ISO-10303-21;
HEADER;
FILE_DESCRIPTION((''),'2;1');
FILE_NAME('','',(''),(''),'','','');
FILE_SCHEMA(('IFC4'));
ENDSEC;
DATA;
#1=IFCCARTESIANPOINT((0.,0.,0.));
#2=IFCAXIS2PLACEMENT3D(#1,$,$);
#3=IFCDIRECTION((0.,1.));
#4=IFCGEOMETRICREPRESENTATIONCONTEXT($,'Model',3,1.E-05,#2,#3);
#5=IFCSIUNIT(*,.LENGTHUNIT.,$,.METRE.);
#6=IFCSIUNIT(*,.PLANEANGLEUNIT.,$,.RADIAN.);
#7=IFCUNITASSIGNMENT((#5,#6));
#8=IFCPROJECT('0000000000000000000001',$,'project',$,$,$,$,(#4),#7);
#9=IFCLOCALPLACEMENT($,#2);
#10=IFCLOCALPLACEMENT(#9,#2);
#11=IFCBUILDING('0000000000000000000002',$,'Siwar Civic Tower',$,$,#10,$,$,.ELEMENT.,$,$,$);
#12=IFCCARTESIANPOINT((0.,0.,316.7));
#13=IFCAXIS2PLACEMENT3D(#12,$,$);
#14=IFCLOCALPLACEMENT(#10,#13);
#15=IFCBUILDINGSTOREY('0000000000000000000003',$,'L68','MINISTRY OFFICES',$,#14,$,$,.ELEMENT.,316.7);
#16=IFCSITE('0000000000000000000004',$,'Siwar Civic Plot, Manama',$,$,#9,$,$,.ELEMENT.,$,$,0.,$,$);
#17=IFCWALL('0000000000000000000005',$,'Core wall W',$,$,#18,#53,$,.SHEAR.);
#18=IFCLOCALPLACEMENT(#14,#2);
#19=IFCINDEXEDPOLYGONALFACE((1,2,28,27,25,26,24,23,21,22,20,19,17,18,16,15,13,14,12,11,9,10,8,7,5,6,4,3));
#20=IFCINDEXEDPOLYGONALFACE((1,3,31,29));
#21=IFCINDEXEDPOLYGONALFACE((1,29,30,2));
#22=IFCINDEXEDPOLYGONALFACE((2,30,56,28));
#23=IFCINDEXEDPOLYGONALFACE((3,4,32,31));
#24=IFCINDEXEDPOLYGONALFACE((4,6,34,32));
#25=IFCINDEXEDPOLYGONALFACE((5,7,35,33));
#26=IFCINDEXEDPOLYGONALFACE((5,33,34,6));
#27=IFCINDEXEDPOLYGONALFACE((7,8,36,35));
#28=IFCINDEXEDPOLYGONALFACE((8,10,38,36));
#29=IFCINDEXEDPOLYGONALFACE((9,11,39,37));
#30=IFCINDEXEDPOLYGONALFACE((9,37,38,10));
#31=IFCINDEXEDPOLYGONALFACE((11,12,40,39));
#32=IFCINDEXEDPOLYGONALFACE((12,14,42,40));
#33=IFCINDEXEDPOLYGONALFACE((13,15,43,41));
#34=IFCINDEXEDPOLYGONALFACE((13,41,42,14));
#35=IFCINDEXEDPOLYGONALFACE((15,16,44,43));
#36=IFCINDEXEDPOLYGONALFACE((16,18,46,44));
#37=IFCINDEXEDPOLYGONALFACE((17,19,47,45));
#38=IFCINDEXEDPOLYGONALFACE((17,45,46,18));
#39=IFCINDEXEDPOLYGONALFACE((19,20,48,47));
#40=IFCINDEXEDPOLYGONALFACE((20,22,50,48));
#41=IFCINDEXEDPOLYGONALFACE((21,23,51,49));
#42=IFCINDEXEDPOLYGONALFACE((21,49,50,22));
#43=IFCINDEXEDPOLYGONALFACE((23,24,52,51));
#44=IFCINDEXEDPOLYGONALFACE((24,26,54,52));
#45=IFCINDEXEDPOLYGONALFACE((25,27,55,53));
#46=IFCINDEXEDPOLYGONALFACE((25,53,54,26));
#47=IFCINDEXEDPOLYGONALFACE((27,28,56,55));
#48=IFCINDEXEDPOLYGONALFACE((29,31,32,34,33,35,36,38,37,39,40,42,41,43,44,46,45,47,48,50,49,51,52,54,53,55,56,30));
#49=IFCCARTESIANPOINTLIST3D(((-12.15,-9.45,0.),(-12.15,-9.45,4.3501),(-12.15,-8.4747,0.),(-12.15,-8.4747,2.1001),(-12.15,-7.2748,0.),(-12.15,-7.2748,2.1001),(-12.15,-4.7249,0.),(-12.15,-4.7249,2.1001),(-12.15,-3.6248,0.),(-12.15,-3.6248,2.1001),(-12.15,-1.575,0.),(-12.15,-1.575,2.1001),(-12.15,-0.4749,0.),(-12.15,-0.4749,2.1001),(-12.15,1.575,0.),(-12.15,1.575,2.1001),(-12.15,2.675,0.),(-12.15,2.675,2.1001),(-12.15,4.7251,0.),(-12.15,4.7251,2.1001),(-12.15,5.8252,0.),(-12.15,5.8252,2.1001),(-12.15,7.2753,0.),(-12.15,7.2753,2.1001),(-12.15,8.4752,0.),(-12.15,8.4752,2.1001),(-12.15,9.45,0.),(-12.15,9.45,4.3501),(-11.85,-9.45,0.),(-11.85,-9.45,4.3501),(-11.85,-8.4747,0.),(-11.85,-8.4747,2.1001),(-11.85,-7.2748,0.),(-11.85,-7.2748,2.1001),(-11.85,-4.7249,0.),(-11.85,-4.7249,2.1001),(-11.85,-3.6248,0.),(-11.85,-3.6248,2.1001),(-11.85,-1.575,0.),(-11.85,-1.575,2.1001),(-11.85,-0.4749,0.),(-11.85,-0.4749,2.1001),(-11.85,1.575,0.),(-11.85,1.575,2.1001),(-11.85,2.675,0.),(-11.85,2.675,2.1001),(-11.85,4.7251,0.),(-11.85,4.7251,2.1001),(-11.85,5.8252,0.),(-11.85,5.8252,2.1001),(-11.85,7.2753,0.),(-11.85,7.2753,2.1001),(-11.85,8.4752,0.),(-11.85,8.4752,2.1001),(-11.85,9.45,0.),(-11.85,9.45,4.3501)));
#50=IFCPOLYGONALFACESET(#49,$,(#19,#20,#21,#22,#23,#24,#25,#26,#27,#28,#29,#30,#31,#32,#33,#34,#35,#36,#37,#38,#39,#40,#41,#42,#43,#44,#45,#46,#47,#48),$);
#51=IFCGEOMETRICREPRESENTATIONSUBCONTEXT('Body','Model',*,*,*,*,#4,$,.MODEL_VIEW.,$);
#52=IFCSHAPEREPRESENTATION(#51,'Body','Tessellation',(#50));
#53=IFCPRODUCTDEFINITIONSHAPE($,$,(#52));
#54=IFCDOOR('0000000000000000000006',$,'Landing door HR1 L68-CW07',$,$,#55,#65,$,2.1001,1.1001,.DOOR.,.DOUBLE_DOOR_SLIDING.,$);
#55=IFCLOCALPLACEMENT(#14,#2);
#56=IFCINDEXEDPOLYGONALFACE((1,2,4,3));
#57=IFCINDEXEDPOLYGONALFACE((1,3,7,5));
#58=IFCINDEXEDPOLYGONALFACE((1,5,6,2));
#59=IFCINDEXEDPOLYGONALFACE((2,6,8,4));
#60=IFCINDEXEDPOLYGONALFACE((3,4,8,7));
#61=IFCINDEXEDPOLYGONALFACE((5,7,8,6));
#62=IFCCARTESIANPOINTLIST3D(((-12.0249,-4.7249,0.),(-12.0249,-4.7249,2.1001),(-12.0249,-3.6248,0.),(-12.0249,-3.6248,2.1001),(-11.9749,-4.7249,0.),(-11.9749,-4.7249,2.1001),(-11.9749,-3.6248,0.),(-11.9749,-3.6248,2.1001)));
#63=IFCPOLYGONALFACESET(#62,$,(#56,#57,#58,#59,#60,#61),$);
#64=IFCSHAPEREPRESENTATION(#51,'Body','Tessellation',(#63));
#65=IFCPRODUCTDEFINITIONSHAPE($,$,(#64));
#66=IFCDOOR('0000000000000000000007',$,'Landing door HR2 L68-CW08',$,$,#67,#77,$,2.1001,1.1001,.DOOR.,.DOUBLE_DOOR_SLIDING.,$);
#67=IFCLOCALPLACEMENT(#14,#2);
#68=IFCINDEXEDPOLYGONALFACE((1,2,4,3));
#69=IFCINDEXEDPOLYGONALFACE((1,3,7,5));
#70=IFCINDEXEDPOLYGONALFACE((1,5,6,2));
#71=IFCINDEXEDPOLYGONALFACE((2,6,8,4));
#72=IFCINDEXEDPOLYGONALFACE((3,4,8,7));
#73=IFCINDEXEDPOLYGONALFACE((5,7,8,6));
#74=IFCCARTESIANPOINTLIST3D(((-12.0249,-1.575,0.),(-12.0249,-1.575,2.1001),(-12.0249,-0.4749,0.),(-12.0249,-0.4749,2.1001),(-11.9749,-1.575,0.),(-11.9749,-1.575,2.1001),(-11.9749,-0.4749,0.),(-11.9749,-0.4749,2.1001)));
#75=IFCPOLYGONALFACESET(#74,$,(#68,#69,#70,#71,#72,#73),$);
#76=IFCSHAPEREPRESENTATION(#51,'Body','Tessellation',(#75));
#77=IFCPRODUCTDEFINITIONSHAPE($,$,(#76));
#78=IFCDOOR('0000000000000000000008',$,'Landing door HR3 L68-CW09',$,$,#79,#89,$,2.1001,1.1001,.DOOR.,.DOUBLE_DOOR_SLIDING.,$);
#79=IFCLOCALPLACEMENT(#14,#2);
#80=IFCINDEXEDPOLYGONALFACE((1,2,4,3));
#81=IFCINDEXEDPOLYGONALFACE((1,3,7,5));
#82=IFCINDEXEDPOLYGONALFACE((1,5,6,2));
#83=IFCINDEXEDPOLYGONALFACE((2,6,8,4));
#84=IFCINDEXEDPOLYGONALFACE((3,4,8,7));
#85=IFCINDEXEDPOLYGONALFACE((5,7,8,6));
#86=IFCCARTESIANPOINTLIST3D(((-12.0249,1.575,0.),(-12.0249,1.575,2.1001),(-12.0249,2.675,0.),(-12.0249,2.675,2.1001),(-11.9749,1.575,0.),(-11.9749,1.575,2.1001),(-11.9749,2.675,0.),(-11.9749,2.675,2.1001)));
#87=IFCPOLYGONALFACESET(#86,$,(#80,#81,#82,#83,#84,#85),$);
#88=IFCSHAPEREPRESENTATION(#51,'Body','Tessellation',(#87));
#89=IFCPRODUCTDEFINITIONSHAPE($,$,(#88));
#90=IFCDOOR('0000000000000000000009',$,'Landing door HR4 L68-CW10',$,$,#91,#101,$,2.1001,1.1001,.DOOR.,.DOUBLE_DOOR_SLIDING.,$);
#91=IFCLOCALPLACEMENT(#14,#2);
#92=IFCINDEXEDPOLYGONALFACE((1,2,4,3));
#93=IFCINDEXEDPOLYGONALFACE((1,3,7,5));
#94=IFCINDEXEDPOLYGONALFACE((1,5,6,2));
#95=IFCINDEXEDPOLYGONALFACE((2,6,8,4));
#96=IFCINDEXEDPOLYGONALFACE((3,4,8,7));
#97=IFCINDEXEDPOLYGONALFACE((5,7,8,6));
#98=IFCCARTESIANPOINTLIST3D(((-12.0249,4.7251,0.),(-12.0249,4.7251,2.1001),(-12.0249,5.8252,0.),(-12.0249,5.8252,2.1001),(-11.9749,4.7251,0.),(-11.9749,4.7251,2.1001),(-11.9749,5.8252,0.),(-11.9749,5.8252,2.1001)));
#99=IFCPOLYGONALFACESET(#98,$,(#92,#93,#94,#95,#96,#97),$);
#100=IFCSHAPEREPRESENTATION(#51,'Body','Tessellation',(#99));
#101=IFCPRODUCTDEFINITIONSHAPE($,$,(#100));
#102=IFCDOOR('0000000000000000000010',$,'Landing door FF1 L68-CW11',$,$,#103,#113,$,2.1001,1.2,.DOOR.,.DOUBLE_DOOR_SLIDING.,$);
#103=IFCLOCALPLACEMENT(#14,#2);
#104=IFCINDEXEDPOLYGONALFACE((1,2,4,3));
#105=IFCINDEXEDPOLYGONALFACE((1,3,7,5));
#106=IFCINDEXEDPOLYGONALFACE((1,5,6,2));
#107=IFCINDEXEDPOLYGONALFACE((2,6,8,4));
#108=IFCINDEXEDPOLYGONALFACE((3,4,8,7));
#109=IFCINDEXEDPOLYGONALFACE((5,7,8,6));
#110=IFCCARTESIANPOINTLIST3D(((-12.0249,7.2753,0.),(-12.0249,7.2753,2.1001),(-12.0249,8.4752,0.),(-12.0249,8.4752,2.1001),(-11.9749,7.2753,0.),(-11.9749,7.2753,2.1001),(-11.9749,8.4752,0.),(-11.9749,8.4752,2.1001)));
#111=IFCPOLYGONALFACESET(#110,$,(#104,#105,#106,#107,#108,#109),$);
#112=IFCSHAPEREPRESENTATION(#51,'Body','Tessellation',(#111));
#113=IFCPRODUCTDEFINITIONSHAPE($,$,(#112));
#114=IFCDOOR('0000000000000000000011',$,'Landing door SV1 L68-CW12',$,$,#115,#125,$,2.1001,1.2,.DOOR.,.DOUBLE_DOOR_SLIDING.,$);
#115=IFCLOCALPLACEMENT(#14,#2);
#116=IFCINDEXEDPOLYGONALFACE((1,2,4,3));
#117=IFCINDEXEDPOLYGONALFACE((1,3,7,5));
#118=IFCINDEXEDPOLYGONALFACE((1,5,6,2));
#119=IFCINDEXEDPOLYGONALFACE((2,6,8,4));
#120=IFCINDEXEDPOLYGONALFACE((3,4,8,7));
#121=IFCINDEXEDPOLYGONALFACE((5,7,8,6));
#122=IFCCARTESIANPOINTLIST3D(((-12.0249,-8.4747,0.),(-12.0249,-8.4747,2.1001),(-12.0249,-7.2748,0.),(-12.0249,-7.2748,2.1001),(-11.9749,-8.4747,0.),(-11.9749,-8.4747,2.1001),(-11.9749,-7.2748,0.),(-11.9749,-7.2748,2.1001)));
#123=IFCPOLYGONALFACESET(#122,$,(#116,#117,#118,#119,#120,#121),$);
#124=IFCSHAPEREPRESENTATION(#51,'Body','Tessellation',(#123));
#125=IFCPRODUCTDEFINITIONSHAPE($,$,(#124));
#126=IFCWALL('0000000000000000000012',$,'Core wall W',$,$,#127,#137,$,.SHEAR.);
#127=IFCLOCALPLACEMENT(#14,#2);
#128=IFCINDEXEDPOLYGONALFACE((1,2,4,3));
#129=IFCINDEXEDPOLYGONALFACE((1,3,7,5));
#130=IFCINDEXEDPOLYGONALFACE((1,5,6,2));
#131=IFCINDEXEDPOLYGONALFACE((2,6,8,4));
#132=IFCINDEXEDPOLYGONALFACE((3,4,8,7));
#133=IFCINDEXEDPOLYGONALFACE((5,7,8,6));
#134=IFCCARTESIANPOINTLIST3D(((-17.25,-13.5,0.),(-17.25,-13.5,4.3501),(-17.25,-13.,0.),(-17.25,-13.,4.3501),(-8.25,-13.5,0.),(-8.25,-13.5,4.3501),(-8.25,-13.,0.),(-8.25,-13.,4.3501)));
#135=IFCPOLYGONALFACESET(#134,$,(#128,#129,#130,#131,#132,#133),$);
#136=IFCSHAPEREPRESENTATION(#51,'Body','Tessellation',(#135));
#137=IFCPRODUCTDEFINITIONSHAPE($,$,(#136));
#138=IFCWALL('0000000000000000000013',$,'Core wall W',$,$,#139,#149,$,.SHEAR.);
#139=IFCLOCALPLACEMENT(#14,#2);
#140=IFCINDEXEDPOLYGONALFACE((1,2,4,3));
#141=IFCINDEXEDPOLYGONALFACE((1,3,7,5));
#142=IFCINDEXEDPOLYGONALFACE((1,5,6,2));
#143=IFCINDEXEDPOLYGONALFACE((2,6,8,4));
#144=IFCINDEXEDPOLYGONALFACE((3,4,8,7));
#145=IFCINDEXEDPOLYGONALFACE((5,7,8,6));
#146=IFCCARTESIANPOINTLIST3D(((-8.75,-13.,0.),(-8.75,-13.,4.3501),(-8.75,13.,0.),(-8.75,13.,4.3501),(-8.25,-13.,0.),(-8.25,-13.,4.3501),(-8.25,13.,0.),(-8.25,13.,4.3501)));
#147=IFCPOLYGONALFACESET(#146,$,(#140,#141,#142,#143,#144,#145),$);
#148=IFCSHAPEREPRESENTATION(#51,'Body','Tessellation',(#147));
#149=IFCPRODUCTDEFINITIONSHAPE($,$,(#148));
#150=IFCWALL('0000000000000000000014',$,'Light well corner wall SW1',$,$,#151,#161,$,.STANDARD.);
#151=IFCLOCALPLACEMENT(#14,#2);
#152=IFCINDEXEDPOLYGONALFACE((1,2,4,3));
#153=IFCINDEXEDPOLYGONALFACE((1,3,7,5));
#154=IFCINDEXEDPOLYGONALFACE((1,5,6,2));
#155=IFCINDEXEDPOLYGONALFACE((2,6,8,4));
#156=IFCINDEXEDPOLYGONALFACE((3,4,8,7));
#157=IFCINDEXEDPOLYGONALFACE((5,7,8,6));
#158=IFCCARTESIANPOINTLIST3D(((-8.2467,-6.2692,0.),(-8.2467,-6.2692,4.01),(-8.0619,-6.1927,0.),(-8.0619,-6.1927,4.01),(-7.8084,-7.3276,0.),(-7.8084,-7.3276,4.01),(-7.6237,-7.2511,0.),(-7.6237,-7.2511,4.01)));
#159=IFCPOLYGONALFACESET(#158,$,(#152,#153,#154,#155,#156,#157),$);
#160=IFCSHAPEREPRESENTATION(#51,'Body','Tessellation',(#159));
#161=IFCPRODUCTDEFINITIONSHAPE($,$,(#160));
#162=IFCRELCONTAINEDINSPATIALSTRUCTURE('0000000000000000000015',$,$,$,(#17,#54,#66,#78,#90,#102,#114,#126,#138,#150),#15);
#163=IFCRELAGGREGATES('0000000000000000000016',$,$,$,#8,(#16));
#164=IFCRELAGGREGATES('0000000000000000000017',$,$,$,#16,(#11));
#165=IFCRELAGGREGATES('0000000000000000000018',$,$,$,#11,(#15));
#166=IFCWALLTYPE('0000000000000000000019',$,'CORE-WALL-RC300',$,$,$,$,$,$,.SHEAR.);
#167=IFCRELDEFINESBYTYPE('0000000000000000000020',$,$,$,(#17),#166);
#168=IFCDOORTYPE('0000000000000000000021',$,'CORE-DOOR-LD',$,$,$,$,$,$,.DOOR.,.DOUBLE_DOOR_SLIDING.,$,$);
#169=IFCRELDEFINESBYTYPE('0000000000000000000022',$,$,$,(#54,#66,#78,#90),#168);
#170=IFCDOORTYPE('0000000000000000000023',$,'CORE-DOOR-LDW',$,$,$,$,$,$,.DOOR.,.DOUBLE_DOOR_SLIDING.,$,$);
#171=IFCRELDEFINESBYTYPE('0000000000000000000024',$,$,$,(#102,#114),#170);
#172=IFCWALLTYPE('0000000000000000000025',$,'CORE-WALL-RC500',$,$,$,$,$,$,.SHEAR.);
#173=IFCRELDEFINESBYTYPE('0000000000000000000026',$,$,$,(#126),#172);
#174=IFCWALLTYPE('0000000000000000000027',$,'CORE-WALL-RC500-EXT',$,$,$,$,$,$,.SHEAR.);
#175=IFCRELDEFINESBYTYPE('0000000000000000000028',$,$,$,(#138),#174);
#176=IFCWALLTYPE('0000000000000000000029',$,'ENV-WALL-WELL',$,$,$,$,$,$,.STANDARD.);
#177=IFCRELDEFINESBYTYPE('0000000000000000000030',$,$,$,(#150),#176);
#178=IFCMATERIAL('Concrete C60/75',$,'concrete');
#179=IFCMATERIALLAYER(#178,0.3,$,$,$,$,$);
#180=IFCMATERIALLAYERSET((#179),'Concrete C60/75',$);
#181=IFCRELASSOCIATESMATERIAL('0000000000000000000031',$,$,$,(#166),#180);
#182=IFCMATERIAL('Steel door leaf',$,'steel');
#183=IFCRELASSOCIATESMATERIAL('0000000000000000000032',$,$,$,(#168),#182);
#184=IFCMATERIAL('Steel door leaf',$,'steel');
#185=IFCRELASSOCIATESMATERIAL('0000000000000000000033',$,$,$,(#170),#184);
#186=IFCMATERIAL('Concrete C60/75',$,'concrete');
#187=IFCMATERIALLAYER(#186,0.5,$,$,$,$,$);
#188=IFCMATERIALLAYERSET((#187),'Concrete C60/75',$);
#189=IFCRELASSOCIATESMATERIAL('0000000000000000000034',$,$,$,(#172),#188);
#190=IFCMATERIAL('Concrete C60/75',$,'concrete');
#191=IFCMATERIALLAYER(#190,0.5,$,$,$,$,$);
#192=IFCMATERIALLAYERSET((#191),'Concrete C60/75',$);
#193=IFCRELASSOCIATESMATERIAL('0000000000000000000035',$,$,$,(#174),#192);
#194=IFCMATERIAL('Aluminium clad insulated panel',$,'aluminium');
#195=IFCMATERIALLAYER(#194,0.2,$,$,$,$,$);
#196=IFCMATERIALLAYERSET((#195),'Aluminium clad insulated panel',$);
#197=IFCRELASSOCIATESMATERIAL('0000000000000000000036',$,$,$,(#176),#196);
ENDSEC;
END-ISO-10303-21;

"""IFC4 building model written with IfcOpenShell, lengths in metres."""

from ifc_helpers import new_model, si_unit, direction, frame, frame_2d, origin, place, context, subcontext, project, spatial, rectangle, extrude, material, layer, layer_set, type_object, element, fill, save


model = new_model("IFC4")

# Units and contexts
model_context = context("Model", 3, precision=1e-05, world=origin(), true_north=direction((0.0, 1.0)))
body_context = subcontext(model_context, "Body", "Model", "MODEL_VIEW")
ifc_project = project(units=[si_unit("LENGTHUNIT", "METRE"), si_unit("PLANEANGLEUNIT", "RADIAN")], contexts=[model_context])

# Site, building, storey
site_placement = place(None, origin())
site = spatial("IfcSite", under=ifc_project, at=site_placement, Name="Siwar Civic Plot, Manama", CompositionType="ELEMENT", RefElevation=0.0)
building_placement = place(site_placement, origin())
building = spatial("IfcBuilding", under=site, at=building_placement, Name="Siwar Civic Tower", CompositionType="ELEMENT")
storey_placement = place(building_placement, frame((0.0, 0.0, 316.7)))
storey = spatial("IfcBuildingStorey", under=building, at=storey_placement, Name="L68", Description="MINISTRY OFFICES", CompositionType="ELEMENT", Elevation=316.7)

# Wall, openings, doors
ifc_material_1 = material(Name="Concrete C60/75", Category="concrete")
ifc_layer_1 = layer(ifc_material_1, 0.3)
ifc_layer_set_1 = layer_set([ifc_layer_1], Name="Concrete C60/75")
wall_type_1 = type_object("IfcWallType", Name="CORE-WALL-RC300", PredefinedType="SHEAR", material=ifc_layer_set_1)
wall_1_placement = place(storey_placement, frame((-12.0, -9.45, 0.0), z_axis=(0.0, 0.0, 1.0), x_axis=(0.0, 1.0, 0.0)))
wall_1 = element("IfcWall", 1, at=wall_1_placement, inside=storey, type_object=wall_type_1, Name="Core wall W", PredefinedType="SHEAR", context=body_context, shape_type="SweptSolid", body=[
    extrude(rectangle(XDim=18.8999, YDim=0.3, at=frame_2d((9.45, 0.0))), origin(), (0.0, 0.0, 1.0), 4.3501),
])
opening_1_placement = place(wall_1_placement, frame((4.7251, 0.0, 0.0)))
opening_1 = element("IfcOpeningElement", 2, at=opening_1_placement, cuts=wall_1, PredefinedType="OPENING", context=body_context, shape_type="SweptSolid", body=[
    extrude(rectangle(XDim=1.1001, YDim=2.1001, at=frame_2d((0.55, 1.05))), frame((0.0, 0.1602, 0.0), z_axis=(0.0, -1.0, 0.0), x_axis=(1.0, 0.0, 0.0)), (0.0, 0.0, 1.0), 0.3201),
])
opening_2_placement = place(wall_1_placement, frame((7.875, 0.0, 0.0)))
opening_2 = element("IfcOpeningElement", 3, at=opening_2_placement, cuts=wall_1, PredefinedType="OPENING", context=body_context, shape_type="SweptSolid", body=[
    extrude(rectangle(XDim=1.1001, YDim=2.1001, at=frame_2d((0.55, 1.05))), frame((0.0, 0.1602, 0.0), z_axis=(0.0, -1.0, 0.0), x_axis=(1.0, 0.0, 0.0)), (0.0, 0.0, 1.0), 0.3201),
])
opening_3_placement = place(wall_1_placement, frame((11.0249, 0.0, 0.0)))
opening_3 = element("IfcOpeningElement", 4, at=opening_3_placement, cuts=wall_1, PredefinedType="OPENING", context=body_context, shape_type="SweptSolid", body=[
    extrude(rectangle(XDim=1.1001, YDim=2.1001, at=frame_2d((0.55, 1.05))), frame((0.0, 0.1602, 0.0), z_axis=(0.0, -1.0, 0.0), x_axis=(1.0, 0.0, 0.0)), (0.0, 0.0, 1.0), 0.3201),
])
opening_4_placement = place(wall_1_placement, frame((14.175, 0.0, 0.0)))
opening_4 = element("IfcOpeningElement", 5, at=opening_4_placement, cuts=wall_1, PredefinedType="OPENING", context=body_context, shape_type="SweptSolid", body=[
    extrude(rectangle(XDim=1.1001, YDim=2.1001, at=frame_2d((0.55, 1.05))), frame((0.0, 0.1602, 0.0), z_axis=(0.0, -1.0, 0.0), x_axis=(1.0, 0.0, 0.0)), (0.0, 0.0, 1.0), 0.3201),
])
opening_5_placement = place(wall_1_placement, frame((16.7251, 0.0, 0.0)))
opening_5 = element("IfcOpeningElement", 6, at=opening_5_placement, cuts=wall_1, PredefinedType="OPENING", context=body_context, shape_type="SweptSolid", body=[
    extrude(rectangle(XDim=1.2, YDim=2.1001, at=frame_2d((0.6001, 1.05))), frame((0.0, 0.1602, 0.0), z_axis=(0.0, -1.0, 0.0), x_axis=(1.0, 0.0, 0.0)), (0.0, 0.0, 1.0), 0.3201),
])
opening_6_placement = place(wall_1_placement, frame((0.9751, 0.0, 0.0)))
opening_6 = element("IfcOpeningElement", 7, at=opening_6_placement, cuts=wall_1, PredefinedType="OPENING", context=body_context, shape_type="SweptSolid", body=[
    extrude(rectangle(XDim=1.2, YDim=2.1001, at=frame_2d((0.6001, 1.05))), frame((0.0, 0.1602, 0.0), z_axis=(0.0, -1.0, 0.0), x_axis=(1.0, 0.0, 0.0)), (0.0, 0.0, 1.0), 0.3201),
])
ifc_material_2 = material(Name="Steel door leaf", Category="steel")
door_type_1 = type_object("IfcDoorType", Name="CORE-DOOR-LD", OperationType="DOUBLE_DOOR_SLIDING", PredefinedType="DOOR", material=ifc_material_2)
door_1_placement = place(opening_1_placement, origin())
door_1 = element("IfcDoor", 8, at=door_1_placement, inside=storey, type_object=door_type_1, Name="Landing door HR1 L68-CW07", OperationType="DOUBLE_DOOR_SLIDING", OverallHeight=2.1001, OverallWidth=1.1001, PredefinedType="DOOR", context=body_context, shape_type="SweptSolid", body=[
    extrude(rectangle(XDim=1.1001, YDim=2.1001, at=frame_2d((0.55, 1.05))), frame((0.0, 0.0249, 0.0), z_axis=(0.0, -1.0, 0.0), x_axis=(1.0, 0.0, 0.0)), (0.0, 0.0, 1.0), 0.05),
])
fill(opening_1, door_1)
door_2_placement = place(opening_2_placement, origin())
door_2 = element("IfcDoor", 9, at=door_2_placement, inside=storey, type_object=door_type_1, Name="Landing door HR2 L68-CW08", OperationType="DOUBLE_DOOR_SLIDING", OverallHeight=2.1001, OverallWidth=1.1001, PredefinedType="DOOR", context=body_context, shape_type="SweptSolid", body=[
    extrude(rectangle(XDim=1.1001, YDim=2.1001, at=frame_2d((0.55, 1.05))), frame((0.0, 0.0249, 0.0), z_axis=(0.0, -1.0, 0.0), x_axis=(1.0, 0.0, 0.0)), (0.0, 0.0, 1.0), 0.05),
])
fill(opening_2, door_2)
door_3_placement = place(opening_3_placement, origin())
door_3 = element("IfcDoor", 10, at=door_3_placement, inside=storey, type_object=door_type_1, Name="Landing door HR3 L68-CW09", OperationType="DOUBLE_DOOR_SLIDING", OverallHeight=2.1001, OverallWidth=1.1001, PredefinedType="DOOR", context=body_context, shape_type="SweptSolid", body=[
    extrude(rectangle(XDim=1.1001, YDim=2.1001, at=frame_2d((0.55, 1.05))), frame((0.0, 0.0249, 0.0), z_axis=(0.0, -1.0, 0.0), x_axis=(1.0, 0.0, 0.0)), (0.0, 0.0, 1.0), 0.05),
])
fill(opening_3, door_3)
door_4_placement = place(opening_4_placement, origin())
door_4 = element("IfcDoor", 11, at=door_4_placement, inside=storey, type_object=door_type_1, Name="Landing door HR4 L68-CW10", OperationType="DOUBLE_DOOR_SLIDING", OverallHeight=2.1001, OverallWidth=1.1001, PredefinedType="DOOR", context=body_context, shape_type="SweptSolid", body=[
    extrude(rectangle(XDim=1.1001, YDim=2.1001, at=frame_2d((0.55, 1.05))), frame((0.0, 0.0249, 0.0), z_axis=(0.0, -1.0, 0.0), x_axis=(1.0, 0.0, 0.0)), (0.0, 0.0, 1.0), 0.05),
])
fill(opening_4, door_4)
ifc_material_3 = material(Name="Steel door leaf", Category="steel")
door_type_2 = type_object("IfcDoorType", Name="CORE-DOOR-LDW", OperationType="DOUBLE_DOOR_SLIDING", PredefinedType="DOOR", material=ifc_material_3)
door_5_placement = place(opening_5_placement, origin())
door_5 = element("IfcDoor", 12, at=door_5_placement, inside=storey, type_object=door_type_2, Name="Landing door FF1 L68-CW11", OperationType="DOUBLE_DOOR_SLIDING", OverallHeight=2.1001, OverallWidth=1.2, PredefinedType="DOOR", context=body_context, shape_type="SweptSolid", body=[
    extrude(rectangle(XDim=1.2, YDim=2.1001, at=frame_2d((0.6001, 1.05))), frame((0.0, 0.0249, 0.0), z_axis=(0.0, -1.0, 0.0), x_axis=(1.0, 0.0, 0.0)), (0.0, 0.0, 1.0), 0.05),
])
fill(opening_5, door_5)
door_6_placement = place(opening_6_placement, origin())
door_6 = element("IfcDoor", 13, at=door_6_placement, inside=storey, type_object=door_type_2, Name="Landing door SV1 L68-CW12", OperationType="DOUBLE_DOOR_SLIDING", OverallHeight=2.1001, OverallWidth=1.2, PredefinedType="DOOR", context=body_context, shape_type="SweptSolid", body=[
    extrude(rectangle(XDim=1.2, YDim=2.1001, at=frame_2d((0.6001, 1.05))), frame((0.0, 0.0249, 0.0), z_axis=(0.0, -1.0, 0.0), x_axis=(1.0, 0.0, 0.0)), (0.0, 0.0, 1.0), 0.05),
])
fill(opening_6, door_6)

# Walls
ifc_material_4 = material(Name="Concrete C60/75", Category="concrete")
ifc_layer_2 = layer(ifc_material_4, 0.5)
ifc_layer_set_2 = layer_set([ifc_layer_2], Name="Concrete C60/75")
wall_type_2 = type_object("IfcWallType", Name="CORE-WALL-RC500", PredefinedType="SHEAR", material=ifc_layer_set_2)
wall_2_placement = place(storey_placement, frame((-8.25, -13.25, 0.0), z_axis=(0.0, 0.0, 1.0), x_axis=(-1.0, 0.0, 0.0)))
element("IfcWall", 14, at=wall_2_placement, inside=storey, type_object=wall_type_2, Name="Core wall W", PredefinedType="SHEAR", context=body_context, shape_type="SweptSolid", body=[
    extrude(rectangle(XDim=9.0, YDim=0.5, at=frame_2d((4.5, 0.0))), origin(), (0.0, 0.0, 1.0), 4.3501),
])
ifc_material_5 = material(Name="Concrete C60/75", Category="concrete")
ifc_layer_3 = layer(ifc_material_5, 0.5)
ifc_layer_set_3 = layer_set([ifc_layer_3], Name="Concrete C60/75")
wall_type_3 = type_object("IfcWallType", Name="CORE-WALL-RC500-EXT", PredefinedType="SHEAR", material=ifc_layer_set_3)
wall_3_placement = place(storey_placement, frame((-8.5, -13.0, 0.0), z_axis=(0.0, 0.0, 1.0), x_axis=(0.0, 1.0, 0.0)))
element("IfcWall", 15, at=wall_3_placement, inside=storey, type_object=wall_type_3, Name="Core wall W", PredefinedType="SHEAR", context=body_context, shape_type="SweptSolid", body=[
    extrude(rectangle(XDim=26.0, YDim=0.5, at=frame_2d((13.0, 0.0))), origin(), (0.0, 0.0, 1.0), 4.3501),
])
ifc_material_6 = material(Name="Aluminium clad insulated panel", Category="aluminium")
ifc_layer_4 = layer(ifc_material_6, 0.2)
ifc_layer_set_4 = layer_set([ifc_layer_4], Name="Aluminium clad insulated panel")
wall_type_4 = type_object("IfcWallType", Name="ENV-WALL-WELL", PredefinedType="STANDARD", material=ifc_layer_set_4)
wall_4_placement = place(storey_placement, frame((-8.1543, -6.231, 0.0), z_axis=(0.0, 0.0, 1.0), x_axis=(0.382571, -0.923926, 0.0)))
element("IfcWall", 16, at=wall_4_placement, inside=storey, type_object=wall_type_4, Name="Light well corner wall SW1", PredefinedType="STANDARD", context=body_context, shape_type="SweptSolid", body=[
    extrude(rectangle(XDim=1.1455, YDim=0.2, at=frame_2d((0.5728, 0.0))), origin(), (0.0, 0.0, 1.0), 4.01),
])

save(model, "model.ifc")
